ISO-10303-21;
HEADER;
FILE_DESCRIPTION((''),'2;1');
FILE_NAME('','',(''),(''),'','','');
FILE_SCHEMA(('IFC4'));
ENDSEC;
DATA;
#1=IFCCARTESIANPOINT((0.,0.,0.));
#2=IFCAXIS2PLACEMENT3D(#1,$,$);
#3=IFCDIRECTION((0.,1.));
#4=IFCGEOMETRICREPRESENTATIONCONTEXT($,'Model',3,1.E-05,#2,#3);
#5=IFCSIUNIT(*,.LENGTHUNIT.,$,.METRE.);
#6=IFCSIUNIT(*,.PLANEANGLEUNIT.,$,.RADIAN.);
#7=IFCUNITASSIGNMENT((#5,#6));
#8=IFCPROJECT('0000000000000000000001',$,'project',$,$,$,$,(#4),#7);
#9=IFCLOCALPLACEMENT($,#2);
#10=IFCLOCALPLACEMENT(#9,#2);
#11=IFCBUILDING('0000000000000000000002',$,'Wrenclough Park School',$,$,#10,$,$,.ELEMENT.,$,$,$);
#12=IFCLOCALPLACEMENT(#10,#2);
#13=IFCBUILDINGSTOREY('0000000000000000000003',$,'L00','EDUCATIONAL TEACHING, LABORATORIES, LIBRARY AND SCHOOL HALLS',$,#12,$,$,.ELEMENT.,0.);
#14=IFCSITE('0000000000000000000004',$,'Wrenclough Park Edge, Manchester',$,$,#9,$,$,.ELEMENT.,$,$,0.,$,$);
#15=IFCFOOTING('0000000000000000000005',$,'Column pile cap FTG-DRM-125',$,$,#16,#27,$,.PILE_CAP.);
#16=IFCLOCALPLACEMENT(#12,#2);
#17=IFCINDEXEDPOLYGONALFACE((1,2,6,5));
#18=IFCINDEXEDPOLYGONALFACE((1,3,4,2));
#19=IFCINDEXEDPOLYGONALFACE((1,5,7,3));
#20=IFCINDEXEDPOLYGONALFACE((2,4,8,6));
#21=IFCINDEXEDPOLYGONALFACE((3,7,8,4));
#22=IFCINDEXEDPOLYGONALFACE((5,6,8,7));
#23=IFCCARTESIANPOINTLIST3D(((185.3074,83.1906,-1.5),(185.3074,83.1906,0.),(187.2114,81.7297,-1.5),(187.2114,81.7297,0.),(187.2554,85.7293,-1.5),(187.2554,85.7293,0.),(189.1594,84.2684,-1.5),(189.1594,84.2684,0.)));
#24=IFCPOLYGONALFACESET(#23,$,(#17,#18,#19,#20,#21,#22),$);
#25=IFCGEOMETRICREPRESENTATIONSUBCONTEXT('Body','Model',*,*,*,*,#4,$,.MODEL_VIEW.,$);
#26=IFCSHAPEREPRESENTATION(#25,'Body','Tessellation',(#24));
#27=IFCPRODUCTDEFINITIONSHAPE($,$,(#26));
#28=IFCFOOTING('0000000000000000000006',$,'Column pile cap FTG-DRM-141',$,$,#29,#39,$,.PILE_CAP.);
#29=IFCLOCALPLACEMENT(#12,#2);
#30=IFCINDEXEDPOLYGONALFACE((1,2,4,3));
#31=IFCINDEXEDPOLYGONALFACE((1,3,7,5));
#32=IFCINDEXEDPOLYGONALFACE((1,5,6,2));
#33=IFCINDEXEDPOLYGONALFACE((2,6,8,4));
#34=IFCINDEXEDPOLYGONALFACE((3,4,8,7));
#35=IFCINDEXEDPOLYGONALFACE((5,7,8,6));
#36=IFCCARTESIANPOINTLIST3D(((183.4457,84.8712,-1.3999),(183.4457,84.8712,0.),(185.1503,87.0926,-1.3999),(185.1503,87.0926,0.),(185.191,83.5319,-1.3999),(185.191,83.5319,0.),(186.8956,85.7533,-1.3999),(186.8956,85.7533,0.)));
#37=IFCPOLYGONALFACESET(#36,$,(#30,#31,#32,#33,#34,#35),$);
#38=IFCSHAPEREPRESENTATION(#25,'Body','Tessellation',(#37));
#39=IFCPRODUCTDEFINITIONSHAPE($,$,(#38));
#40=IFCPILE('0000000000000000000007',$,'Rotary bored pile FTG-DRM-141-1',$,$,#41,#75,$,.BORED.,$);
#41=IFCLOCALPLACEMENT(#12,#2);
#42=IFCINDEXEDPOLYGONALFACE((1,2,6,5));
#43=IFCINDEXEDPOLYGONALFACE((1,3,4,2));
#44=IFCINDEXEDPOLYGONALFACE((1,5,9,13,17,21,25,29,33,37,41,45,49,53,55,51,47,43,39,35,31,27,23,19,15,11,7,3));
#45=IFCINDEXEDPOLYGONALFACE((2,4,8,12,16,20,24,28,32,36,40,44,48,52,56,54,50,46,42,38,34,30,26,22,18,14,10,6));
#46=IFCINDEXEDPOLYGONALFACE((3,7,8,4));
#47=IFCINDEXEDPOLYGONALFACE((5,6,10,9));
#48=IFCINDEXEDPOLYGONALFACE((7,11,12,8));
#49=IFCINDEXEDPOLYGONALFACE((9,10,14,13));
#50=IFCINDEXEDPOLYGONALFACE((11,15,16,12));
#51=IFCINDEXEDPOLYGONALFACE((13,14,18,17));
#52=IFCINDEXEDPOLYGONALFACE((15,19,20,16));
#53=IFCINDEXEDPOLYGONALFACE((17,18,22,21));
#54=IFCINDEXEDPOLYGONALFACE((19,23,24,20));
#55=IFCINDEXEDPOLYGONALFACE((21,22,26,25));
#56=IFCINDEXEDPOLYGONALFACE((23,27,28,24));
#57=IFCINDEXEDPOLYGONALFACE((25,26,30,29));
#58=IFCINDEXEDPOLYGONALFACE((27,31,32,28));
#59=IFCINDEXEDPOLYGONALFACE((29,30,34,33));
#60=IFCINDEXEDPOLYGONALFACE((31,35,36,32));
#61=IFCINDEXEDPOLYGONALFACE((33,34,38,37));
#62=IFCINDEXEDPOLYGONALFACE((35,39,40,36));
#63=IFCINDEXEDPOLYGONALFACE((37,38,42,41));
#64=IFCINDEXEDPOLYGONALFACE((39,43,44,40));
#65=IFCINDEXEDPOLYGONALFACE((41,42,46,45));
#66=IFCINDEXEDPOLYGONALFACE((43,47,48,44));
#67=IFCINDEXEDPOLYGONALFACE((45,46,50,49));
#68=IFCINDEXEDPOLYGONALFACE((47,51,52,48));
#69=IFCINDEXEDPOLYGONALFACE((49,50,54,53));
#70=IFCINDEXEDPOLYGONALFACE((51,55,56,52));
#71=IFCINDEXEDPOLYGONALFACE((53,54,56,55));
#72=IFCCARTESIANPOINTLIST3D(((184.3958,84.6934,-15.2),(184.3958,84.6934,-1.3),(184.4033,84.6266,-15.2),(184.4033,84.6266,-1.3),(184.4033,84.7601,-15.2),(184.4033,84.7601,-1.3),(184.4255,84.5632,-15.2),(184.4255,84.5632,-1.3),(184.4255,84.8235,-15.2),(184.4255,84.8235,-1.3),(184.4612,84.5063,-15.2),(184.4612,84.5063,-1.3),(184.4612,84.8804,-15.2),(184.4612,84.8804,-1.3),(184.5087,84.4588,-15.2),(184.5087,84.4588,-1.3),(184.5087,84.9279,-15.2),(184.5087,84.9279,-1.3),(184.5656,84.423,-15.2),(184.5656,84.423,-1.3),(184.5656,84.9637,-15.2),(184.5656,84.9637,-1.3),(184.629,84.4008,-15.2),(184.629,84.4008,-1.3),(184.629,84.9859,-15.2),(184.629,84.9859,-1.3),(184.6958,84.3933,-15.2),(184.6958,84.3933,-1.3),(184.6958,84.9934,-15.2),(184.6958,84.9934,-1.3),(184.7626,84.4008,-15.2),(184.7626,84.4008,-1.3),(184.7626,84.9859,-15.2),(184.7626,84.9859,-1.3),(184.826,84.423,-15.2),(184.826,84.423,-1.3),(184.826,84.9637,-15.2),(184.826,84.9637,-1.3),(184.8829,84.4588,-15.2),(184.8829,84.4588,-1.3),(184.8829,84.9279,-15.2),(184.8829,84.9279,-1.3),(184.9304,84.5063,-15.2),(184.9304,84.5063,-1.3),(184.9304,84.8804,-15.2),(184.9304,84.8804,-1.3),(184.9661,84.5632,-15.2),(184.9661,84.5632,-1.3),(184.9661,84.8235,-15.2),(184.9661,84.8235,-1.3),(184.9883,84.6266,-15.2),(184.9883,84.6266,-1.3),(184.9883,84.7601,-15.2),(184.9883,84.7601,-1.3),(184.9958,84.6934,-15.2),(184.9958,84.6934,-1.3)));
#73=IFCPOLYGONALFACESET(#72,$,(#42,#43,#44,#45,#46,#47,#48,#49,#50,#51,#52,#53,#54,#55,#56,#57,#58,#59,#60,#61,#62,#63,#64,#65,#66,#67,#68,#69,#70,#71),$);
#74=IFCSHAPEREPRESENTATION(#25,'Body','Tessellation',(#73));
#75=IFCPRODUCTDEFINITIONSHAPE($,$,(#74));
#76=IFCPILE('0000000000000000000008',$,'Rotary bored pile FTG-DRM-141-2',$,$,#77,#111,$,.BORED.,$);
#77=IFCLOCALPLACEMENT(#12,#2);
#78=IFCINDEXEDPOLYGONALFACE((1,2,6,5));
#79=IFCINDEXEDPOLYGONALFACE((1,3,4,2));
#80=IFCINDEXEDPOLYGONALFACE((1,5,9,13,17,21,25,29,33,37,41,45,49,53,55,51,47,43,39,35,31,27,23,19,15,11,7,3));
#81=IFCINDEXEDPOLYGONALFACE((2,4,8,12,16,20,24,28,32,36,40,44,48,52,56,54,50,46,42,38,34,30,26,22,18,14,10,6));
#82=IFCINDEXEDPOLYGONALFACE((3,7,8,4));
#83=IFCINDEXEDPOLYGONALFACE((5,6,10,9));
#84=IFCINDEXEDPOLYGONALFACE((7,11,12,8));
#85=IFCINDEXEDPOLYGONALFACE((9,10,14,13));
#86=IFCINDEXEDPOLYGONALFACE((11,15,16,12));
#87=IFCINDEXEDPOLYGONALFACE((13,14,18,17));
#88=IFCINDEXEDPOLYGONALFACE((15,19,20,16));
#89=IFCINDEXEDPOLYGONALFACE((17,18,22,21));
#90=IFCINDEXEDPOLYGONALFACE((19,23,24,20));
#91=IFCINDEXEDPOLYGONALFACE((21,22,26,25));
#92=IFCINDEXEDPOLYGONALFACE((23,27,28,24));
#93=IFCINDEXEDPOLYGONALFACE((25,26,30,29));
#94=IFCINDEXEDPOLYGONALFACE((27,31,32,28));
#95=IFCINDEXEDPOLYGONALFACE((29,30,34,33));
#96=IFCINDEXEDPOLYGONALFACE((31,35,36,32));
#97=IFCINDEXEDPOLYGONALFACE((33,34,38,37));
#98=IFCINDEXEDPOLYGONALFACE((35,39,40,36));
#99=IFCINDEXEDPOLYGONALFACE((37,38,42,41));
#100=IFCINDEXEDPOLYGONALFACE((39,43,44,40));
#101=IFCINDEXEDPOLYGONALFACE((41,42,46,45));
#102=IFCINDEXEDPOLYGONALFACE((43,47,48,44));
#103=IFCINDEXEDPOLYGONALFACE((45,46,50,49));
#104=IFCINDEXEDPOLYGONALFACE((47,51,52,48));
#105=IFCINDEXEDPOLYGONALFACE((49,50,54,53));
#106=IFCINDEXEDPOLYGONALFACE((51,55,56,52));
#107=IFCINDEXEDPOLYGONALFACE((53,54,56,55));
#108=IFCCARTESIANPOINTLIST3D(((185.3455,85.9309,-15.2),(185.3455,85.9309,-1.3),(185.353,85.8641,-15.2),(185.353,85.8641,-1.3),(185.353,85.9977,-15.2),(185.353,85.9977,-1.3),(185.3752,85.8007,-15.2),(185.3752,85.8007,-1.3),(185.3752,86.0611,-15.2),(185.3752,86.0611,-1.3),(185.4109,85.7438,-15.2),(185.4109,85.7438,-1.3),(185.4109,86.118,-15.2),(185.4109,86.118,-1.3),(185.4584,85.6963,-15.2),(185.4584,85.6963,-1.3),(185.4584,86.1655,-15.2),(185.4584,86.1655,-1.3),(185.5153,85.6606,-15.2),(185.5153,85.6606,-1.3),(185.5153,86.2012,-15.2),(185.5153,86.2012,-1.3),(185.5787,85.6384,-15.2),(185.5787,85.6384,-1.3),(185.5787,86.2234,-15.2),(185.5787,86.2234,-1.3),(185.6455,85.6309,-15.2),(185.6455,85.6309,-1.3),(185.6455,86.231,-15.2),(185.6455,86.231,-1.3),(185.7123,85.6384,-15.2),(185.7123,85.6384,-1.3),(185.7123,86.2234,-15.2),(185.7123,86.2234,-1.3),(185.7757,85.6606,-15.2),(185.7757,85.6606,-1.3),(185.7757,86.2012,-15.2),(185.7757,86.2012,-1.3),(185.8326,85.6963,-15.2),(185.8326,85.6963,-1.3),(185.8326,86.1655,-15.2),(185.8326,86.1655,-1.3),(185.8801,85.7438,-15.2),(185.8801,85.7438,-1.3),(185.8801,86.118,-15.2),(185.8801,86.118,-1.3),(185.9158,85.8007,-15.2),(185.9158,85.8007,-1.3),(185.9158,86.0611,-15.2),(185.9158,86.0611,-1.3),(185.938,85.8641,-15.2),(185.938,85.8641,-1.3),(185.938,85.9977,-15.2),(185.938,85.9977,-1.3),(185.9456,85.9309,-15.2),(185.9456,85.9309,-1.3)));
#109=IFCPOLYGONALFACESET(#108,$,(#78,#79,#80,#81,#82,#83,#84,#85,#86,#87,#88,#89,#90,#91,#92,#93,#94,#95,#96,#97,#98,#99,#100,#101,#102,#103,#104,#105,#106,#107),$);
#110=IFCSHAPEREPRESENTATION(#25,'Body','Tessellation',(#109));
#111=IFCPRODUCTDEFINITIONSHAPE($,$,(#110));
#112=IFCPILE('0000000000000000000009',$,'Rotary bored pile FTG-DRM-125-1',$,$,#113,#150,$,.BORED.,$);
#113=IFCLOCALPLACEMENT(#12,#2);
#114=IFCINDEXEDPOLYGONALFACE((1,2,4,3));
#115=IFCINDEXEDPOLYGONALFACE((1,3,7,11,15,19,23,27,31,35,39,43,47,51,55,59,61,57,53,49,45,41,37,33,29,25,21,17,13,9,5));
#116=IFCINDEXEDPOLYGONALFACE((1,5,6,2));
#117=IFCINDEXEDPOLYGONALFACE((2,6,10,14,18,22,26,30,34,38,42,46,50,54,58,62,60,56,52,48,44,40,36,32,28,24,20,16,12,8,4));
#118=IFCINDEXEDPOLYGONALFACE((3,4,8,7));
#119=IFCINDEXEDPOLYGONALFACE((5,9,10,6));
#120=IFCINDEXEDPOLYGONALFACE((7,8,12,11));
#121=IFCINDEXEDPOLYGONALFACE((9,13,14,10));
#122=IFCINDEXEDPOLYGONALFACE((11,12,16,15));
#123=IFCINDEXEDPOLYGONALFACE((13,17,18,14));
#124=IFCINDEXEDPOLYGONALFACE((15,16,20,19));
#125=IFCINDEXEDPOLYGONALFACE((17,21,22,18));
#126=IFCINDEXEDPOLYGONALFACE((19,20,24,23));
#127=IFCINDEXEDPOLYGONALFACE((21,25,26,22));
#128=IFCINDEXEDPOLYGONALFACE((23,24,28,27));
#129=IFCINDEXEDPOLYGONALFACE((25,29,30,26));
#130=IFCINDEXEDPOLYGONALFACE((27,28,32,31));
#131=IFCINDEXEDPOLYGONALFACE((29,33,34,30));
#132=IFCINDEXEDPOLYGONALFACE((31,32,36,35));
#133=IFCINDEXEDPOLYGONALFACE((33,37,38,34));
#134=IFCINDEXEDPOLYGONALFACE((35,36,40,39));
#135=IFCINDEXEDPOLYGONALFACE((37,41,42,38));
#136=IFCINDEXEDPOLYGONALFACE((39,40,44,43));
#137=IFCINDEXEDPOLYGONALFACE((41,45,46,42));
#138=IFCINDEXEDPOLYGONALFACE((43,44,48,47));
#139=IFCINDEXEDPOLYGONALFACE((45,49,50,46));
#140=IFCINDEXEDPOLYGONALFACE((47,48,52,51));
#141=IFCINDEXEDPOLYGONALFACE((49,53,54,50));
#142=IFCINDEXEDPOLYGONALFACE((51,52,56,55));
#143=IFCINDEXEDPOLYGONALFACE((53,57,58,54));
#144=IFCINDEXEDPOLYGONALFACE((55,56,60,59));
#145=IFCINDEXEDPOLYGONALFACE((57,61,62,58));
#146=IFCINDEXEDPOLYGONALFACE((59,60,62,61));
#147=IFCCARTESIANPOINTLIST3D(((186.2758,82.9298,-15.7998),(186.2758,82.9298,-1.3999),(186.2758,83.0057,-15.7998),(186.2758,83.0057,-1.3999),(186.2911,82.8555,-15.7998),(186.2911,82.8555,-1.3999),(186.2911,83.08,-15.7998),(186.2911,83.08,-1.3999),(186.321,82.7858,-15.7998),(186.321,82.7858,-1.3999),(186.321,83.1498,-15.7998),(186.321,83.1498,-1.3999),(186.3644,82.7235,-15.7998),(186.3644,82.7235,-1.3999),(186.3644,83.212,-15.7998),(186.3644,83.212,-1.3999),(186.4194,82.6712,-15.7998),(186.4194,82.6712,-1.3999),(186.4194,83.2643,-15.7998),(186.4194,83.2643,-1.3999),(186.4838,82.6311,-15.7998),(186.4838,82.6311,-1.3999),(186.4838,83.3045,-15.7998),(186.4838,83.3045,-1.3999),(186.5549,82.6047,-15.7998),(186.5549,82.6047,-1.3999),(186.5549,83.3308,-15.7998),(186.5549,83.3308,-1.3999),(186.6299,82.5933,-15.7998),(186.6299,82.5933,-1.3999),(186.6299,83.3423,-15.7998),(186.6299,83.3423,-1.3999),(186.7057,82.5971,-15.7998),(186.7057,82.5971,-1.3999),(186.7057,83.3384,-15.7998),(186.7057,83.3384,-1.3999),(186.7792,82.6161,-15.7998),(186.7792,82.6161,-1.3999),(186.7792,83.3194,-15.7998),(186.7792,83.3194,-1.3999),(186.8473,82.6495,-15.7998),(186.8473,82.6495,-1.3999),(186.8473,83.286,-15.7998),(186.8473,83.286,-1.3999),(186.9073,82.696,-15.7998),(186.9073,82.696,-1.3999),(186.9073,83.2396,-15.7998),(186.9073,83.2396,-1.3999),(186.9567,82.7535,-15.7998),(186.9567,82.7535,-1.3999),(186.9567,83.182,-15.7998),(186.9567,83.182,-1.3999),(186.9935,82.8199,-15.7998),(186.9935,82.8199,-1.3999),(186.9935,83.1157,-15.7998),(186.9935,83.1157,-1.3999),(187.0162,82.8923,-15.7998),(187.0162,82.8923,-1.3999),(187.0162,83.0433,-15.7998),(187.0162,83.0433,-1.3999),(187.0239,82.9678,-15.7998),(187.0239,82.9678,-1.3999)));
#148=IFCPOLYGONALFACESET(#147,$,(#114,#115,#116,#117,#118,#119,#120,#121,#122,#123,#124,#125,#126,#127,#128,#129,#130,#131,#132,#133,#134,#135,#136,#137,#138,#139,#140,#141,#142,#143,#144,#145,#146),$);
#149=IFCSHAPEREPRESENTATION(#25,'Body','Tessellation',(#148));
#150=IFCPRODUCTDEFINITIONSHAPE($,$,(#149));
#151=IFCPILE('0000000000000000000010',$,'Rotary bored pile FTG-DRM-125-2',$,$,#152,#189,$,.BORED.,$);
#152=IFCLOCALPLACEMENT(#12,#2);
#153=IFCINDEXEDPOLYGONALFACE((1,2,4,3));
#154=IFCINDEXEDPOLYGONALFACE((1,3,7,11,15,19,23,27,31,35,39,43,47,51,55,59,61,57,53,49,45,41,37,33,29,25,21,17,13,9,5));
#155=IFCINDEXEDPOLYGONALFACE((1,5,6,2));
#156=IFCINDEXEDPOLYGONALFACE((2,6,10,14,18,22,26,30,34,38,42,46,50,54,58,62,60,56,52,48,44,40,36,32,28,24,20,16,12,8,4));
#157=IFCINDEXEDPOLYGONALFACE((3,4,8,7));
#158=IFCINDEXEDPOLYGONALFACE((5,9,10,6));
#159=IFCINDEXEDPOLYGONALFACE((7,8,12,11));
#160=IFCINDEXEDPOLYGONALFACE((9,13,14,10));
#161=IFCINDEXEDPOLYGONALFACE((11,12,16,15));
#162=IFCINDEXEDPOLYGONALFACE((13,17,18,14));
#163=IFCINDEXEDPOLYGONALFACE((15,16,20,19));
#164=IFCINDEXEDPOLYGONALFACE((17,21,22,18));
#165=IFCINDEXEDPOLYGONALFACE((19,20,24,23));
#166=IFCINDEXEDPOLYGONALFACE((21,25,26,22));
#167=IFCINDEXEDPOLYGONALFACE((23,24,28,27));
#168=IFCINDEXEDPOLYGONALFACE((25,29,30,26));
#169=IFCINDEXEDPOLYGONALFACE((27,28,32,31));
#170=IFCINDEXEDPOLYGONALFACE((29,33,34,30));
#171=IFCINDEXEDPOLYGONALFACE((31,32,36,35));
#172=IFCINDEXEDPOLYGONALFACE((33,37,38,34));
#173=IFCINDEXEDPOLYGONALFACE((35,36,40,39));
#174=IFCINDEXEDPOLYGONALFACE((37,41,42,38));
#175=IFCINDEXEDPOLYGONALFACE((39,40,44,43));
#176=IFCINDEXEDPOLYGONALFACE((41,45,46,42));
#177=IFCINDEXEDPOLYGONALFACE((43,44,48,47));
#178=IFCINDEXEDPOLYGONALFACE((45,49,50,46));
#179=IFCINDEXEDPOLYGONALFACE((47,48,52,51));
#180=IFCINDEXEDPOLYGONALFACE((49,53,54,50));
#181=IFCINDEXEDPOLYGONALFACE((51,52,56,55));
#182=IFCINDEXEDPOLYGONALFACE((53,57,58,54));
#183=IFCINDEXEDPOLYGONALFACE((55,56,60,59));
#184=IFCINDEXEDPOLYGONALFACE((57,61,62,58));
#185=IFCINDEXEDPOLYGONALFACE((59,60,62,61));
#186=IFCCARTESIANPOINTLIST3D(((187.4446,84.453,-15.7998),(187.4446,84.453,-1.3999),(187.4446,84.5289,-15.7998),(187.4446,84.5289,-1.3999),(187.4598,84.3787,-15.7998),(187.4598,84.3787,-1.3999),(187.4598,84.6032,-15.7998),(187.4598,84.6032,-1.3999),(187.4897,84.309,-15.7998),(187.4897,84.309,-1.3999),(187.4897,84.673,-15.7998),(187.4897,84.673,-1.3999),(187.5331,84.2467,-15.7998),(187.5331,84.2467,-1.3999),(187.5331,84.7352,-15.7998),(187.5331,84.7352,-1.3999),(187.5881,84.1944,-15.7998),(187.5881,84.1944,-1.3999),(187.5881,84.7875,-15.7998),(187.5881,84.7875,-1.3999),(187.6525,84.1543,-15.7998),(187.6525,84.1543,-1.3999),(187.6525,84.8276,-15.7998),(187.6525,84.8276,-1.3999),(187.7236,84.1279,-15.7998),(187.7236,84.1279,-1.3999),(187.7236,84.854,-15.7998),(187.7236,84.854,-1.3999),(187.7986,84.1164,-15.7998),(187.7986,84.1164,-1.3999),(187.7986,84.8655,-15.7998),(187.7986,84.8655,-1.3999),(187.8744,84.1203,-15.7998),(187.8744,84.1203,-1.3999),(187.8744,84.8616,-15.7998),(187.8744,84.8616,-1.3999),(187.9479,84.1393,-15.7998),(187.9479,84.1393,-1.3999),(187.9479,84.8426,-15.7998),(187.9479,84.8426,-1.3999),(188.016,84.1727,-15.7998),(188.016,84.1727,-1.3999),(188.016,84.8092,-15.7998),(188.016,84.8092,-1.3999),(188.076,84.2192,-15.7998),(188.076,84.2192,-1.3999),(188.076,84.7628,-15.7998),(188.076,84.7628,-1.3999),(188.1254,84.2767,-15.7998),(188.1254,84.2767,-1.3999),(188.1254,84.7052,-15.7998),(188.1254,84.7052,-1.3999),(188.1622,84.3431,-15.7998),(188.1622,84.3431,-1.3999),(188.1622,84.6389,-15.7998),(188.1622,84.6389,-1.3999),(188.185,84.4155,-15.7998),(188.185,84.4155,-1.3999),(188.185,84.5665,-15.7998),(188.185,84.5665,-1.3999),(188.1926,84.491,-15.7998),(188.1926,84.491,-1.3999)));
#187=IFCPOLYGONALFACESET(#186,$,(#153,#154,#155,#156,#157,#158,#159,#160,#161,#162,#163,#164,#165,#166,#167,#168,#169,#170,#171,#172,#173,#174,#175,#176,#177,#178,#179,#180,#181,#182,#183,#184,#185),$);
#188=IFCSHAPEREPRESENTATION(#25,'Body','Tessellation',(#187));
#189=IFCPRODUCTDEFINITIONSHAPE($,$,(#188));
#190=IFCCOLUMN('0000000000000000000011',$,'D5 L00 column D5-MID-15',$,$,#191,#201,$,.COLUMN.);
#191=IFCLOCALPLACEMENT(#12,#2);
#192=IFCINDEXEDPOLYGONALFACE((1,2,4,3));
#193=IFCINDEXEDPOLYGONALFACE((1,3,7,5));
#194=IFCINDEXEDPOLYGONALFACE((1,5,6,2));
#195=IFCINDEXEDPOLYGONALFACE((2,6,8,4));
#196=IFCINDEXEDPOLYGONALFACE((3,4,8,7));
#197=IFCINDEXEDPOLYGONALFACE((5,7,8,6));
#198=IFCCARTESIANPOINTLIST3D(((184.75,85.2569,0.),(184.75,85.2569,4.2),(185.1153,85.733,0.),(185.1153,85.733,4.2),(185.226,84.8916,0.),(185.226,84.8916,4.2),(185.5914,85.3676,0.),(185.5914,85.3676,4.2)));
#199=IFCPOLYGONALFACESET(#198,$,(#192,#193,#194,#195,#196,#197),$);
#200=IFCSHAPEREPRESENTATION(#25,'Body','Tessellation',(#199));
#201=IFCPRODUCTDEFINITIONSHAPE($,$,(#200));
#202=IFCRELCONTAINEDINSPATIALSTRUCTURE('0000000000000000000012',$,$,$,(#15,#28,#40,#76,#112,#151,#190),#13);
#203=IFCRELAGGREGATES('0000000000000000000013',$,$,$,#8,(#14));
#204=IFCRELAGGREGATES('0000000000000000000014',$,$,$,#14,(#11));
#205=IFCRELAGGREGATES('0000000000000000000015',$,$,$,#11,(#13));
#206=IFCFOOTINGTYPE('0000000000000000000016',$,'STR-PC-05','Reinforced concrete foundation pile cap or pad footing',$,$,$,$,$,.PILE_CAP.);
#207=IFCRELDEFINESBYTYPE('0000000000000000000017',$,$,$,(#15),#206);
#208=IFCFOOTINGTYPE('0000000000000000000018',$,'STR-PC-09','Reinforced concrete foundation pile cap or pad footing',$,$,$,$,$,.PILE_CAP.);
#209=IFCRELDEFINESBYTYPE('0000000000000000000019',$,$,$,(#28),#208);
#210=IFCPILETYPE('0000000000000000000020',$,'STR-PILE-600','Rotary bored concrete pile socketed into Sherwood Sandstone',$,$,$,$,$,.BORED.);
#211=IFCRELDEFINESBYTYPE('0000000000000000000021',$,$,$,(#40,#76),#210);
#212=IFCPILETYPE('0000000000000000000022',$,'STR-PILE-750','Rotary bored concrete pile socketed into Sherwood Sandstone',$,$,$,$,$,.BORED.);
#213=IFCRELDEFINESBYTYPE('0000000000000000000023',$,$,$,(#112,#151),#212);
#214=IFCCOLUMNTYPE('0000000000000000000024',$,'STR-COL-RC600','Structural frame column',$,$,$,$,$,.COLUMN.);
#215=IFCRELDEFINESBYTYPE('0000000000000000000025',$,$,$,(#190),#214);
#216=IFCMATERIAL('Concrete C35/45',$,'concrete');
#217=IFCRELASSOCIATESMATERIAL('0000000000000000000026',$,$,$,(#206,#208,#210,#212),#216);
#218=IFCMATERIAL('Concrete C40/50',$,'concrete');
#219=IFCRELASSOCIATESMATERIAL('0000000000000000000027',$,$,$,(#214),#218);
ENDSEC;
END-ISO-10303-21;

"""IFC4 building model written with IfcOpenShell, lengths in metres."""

from ifc_helpers import new_model, si_unit, direction, frame, origin, origin_2d, place, context, subcontext, project, spatial, rectangle, circle, extrude, material, material_profile, profile_set, type_object, element, save


model = new_model("IFC4")

# Units and contexts
model_context = context("Model", 3, precision=1e-05, world=origin(), true_north=direction((0.0, 1.0)))
body_context = subcontext(model_context, "Body", "Model", "MODEL_VIEW")
ifc_project = project(units=[si_unit("LENGTHUNIT", "METRE"), si_unit("PLANEANGLEUNIT", "RADIAN")], contexts=[model_context])

# Site, building, storey
site_placement = place(None, origin())
site = spatial("IfcSite", under=ifc_project, at=site_placement, Name="Wrenclough Park Edge, Manchester", CompositionType="ELEMENT", RefElevation=0.0)
building_placement = place(site_placement, origin())
building = spatial("IfcBuilding", under=site, at=building_placement, Name="Wrenclough Park School", CompositionType="ELEMENT")
storey_placement = place(building_placement, origin())
storey = spatial("IfcBuildingStorey", under=building, at=storey_placement, Name="L00", Description="EDUCATIONAL TEACHING, LABORATORIES, LIBRARY AND SCHOOL HALLS", CompositionType="ELEMENT", Elevation=0.0)

# Footings
ifc_material_1 = material(Name="Concrete C35/45", Category="concrete")
footing_type_1 = type_object("IfcFootingType", Name="STR-PC-05", Description="Reinforced concrete foundation pile cap or pad footing", PredefinedType="PILE_CAP", material=ifc_material_1)
footing_1_placement = place(storey_placement, frame((187.2334, 83.7295, -1.5), z_axis=(0.0, 0.0, 1.0), x_axis=(0.608761, 0.793353, 0.0)))
element("IfcFooting", 1, at=footing_1_placement, inside=storey, type_object=footing_type_1, Name="Column pile cap FTG-DRM-125", PredefinedType="PILE_CAP", context=body_context, shape_type="SweptSolid", body=[
    extrude(rectangle(XDim=3.2, YDim=2.3999, at=origin_2d()), origin(), (0.0, 0.0, 1.0), 1.5),
])
footing_type_2 = type_object("IfcFootingType", Name="STR-PC-09", Description="Reinforced concrete foundation pile cap or pad footing", PredefinedType="PILE_CAP", material=ifc_material_1)
footing_2_placement = place(storey_placement, frame((185.1707, 85.3123, -1.3999), z_axis=(0.0, 0.0, 1.0), x_axis=(0.608761, 0.793353, 0.0)))
element("IfcFooting", 2, at=footing_2_placement, inside=storey, type_object=footing_type_2, Name="Column pile cap FTG-DRM-141", PredefinedType="PILE_CAP", context=body_context, shape_type="SweptSolid", body=[
    extrude(rectangle(XDim=2.8, YDim=2.2, at=origin_2d()), origin(), (0.0, 0.0, 1.0), 1.3999),
])

# Piles
ifc_material_profile_1 = material_profile(ifc_material_1, circle(Radius=0.3, at=origin_2d()), Name="BORED PILE D600")
ifc_profile_set_1 = profile_set([ifc_material_profile_1], Name="Concrete C35/45")
pile_type_1 = type_object("IfcPileType", Name="STR-PILE-600", Description="Rotary bored concrete pile socketed into Sherwood Sandstone", PredefinedType="BORED", material=ifc_profile_set_1)
for number, where, z_axis, x_axis, name in (
    (3, (184.6958, 84.6934, -1.3), (0.0, 0.0, -1.0), (1.0, 0.0, 0.0), "Rotary bored pile FTG-DRM-141-1"),
    (4, (185.6455, 85.9309, -1.3), (0.0, 0.0, -1.0), (1.0, 0.0, 0.0), "Rotary bored pile FTG-DRM-141-2"),
):
    element("IfcPile", number, at=place(storey_placement, frame(where, z_axis=z_axis, x_axis=x_axis)), inside=storey, type_object=pile_type_1, Name=name, PredefinedType="BORED", context=body_context, shape_type="SweptSolid", body=[
        extrude(circle(Radius=0.3, at=origin_2d()), origin(), (0.0, 0.0, 1.0), 13.8999),
    ])
ifc_material_profile_2 = material_profile(ifc_material_1, circle(Radius=0.375, at=origin_2d()), Name="BORED PILE D750")
ifc_profile_set_2 = profile_set([ifc_material_profile_2], Name="Concrete C35/45")
pile_type_2 = type_object("IfcPileType", Name="STR-PILE-750", Description="Rotary bored concrete pile socketed into Sherwood Sandstone", PredefinedType="BORED", material=ifc_profile_set_2)
for number, where, z_axis, x_axis, name in (
    (5, (186.6489, 82.9678, -1.3999), (0.0, 0.0, -1.0), (1.0, 0.0, 0.0), "Rotary bored pile FTG-DRM-125-1"),
    (6, (187.8176, 84.491, -1.3999), (0.0, 0.0, -1.0), (1.0, 0.0, 0.0), "Rotary bored pile FTG-DRM-125-2"),
):
    element("IfcPile", number, at=place(storey_placement, frame(where, z_axis=z_axis, x_axis=x_axis)), inside=storey, type_object=pile_type_2, Name=name, PredefinedType="BORED", context=body_context, shape_type="SweptSolid", body=[
        extrude(circle(Radius=0.375, at=origin_2d()), origin(), (0.0, 0.0, 1.0), 14.3999),
    ])

# Column
ifc_material_2 = material(Name="Concrete C40/50", Category="concrete")
ifc_material_profile_3 = material_profile(ifc_material_2, rectangle(XDim=0.6001, YDim=0.6001, at=origin_2d()), Name="RC COL 600x600")
ifc_profile_set_3 = profile_set([ifc_material_profile_3], Name="Concrete C40/50")
column_type_1 = type_object("IfcColumnType", Name="STR-COL-RC600", Description="Structural frame column", PredefinedType="COLUMN", material=ifc_profile_set_3)
column_1_placement = place(storey_placement, frame((185.1707, 85.3123, 0.0), z_axis=(0.0, 0.0, 1.0), x_axis=(0.608761, 0.793353, 0.0)))
element("IfcColumn", 7, at=column_1_placement, inside=storey, type_object=column_type_1, Name="D5 L00 column D5-MID-15", PredefinedType="COLUMN", context=body_context, shape_type="SweptSolid", body=[
    extrude(rectangle(XDim=0.6001, YDim=0.6001, at=origin_2d()), origin(), (0.0, 0.0, 1.0), 4.2),
])

save(model, "model.ifc")
